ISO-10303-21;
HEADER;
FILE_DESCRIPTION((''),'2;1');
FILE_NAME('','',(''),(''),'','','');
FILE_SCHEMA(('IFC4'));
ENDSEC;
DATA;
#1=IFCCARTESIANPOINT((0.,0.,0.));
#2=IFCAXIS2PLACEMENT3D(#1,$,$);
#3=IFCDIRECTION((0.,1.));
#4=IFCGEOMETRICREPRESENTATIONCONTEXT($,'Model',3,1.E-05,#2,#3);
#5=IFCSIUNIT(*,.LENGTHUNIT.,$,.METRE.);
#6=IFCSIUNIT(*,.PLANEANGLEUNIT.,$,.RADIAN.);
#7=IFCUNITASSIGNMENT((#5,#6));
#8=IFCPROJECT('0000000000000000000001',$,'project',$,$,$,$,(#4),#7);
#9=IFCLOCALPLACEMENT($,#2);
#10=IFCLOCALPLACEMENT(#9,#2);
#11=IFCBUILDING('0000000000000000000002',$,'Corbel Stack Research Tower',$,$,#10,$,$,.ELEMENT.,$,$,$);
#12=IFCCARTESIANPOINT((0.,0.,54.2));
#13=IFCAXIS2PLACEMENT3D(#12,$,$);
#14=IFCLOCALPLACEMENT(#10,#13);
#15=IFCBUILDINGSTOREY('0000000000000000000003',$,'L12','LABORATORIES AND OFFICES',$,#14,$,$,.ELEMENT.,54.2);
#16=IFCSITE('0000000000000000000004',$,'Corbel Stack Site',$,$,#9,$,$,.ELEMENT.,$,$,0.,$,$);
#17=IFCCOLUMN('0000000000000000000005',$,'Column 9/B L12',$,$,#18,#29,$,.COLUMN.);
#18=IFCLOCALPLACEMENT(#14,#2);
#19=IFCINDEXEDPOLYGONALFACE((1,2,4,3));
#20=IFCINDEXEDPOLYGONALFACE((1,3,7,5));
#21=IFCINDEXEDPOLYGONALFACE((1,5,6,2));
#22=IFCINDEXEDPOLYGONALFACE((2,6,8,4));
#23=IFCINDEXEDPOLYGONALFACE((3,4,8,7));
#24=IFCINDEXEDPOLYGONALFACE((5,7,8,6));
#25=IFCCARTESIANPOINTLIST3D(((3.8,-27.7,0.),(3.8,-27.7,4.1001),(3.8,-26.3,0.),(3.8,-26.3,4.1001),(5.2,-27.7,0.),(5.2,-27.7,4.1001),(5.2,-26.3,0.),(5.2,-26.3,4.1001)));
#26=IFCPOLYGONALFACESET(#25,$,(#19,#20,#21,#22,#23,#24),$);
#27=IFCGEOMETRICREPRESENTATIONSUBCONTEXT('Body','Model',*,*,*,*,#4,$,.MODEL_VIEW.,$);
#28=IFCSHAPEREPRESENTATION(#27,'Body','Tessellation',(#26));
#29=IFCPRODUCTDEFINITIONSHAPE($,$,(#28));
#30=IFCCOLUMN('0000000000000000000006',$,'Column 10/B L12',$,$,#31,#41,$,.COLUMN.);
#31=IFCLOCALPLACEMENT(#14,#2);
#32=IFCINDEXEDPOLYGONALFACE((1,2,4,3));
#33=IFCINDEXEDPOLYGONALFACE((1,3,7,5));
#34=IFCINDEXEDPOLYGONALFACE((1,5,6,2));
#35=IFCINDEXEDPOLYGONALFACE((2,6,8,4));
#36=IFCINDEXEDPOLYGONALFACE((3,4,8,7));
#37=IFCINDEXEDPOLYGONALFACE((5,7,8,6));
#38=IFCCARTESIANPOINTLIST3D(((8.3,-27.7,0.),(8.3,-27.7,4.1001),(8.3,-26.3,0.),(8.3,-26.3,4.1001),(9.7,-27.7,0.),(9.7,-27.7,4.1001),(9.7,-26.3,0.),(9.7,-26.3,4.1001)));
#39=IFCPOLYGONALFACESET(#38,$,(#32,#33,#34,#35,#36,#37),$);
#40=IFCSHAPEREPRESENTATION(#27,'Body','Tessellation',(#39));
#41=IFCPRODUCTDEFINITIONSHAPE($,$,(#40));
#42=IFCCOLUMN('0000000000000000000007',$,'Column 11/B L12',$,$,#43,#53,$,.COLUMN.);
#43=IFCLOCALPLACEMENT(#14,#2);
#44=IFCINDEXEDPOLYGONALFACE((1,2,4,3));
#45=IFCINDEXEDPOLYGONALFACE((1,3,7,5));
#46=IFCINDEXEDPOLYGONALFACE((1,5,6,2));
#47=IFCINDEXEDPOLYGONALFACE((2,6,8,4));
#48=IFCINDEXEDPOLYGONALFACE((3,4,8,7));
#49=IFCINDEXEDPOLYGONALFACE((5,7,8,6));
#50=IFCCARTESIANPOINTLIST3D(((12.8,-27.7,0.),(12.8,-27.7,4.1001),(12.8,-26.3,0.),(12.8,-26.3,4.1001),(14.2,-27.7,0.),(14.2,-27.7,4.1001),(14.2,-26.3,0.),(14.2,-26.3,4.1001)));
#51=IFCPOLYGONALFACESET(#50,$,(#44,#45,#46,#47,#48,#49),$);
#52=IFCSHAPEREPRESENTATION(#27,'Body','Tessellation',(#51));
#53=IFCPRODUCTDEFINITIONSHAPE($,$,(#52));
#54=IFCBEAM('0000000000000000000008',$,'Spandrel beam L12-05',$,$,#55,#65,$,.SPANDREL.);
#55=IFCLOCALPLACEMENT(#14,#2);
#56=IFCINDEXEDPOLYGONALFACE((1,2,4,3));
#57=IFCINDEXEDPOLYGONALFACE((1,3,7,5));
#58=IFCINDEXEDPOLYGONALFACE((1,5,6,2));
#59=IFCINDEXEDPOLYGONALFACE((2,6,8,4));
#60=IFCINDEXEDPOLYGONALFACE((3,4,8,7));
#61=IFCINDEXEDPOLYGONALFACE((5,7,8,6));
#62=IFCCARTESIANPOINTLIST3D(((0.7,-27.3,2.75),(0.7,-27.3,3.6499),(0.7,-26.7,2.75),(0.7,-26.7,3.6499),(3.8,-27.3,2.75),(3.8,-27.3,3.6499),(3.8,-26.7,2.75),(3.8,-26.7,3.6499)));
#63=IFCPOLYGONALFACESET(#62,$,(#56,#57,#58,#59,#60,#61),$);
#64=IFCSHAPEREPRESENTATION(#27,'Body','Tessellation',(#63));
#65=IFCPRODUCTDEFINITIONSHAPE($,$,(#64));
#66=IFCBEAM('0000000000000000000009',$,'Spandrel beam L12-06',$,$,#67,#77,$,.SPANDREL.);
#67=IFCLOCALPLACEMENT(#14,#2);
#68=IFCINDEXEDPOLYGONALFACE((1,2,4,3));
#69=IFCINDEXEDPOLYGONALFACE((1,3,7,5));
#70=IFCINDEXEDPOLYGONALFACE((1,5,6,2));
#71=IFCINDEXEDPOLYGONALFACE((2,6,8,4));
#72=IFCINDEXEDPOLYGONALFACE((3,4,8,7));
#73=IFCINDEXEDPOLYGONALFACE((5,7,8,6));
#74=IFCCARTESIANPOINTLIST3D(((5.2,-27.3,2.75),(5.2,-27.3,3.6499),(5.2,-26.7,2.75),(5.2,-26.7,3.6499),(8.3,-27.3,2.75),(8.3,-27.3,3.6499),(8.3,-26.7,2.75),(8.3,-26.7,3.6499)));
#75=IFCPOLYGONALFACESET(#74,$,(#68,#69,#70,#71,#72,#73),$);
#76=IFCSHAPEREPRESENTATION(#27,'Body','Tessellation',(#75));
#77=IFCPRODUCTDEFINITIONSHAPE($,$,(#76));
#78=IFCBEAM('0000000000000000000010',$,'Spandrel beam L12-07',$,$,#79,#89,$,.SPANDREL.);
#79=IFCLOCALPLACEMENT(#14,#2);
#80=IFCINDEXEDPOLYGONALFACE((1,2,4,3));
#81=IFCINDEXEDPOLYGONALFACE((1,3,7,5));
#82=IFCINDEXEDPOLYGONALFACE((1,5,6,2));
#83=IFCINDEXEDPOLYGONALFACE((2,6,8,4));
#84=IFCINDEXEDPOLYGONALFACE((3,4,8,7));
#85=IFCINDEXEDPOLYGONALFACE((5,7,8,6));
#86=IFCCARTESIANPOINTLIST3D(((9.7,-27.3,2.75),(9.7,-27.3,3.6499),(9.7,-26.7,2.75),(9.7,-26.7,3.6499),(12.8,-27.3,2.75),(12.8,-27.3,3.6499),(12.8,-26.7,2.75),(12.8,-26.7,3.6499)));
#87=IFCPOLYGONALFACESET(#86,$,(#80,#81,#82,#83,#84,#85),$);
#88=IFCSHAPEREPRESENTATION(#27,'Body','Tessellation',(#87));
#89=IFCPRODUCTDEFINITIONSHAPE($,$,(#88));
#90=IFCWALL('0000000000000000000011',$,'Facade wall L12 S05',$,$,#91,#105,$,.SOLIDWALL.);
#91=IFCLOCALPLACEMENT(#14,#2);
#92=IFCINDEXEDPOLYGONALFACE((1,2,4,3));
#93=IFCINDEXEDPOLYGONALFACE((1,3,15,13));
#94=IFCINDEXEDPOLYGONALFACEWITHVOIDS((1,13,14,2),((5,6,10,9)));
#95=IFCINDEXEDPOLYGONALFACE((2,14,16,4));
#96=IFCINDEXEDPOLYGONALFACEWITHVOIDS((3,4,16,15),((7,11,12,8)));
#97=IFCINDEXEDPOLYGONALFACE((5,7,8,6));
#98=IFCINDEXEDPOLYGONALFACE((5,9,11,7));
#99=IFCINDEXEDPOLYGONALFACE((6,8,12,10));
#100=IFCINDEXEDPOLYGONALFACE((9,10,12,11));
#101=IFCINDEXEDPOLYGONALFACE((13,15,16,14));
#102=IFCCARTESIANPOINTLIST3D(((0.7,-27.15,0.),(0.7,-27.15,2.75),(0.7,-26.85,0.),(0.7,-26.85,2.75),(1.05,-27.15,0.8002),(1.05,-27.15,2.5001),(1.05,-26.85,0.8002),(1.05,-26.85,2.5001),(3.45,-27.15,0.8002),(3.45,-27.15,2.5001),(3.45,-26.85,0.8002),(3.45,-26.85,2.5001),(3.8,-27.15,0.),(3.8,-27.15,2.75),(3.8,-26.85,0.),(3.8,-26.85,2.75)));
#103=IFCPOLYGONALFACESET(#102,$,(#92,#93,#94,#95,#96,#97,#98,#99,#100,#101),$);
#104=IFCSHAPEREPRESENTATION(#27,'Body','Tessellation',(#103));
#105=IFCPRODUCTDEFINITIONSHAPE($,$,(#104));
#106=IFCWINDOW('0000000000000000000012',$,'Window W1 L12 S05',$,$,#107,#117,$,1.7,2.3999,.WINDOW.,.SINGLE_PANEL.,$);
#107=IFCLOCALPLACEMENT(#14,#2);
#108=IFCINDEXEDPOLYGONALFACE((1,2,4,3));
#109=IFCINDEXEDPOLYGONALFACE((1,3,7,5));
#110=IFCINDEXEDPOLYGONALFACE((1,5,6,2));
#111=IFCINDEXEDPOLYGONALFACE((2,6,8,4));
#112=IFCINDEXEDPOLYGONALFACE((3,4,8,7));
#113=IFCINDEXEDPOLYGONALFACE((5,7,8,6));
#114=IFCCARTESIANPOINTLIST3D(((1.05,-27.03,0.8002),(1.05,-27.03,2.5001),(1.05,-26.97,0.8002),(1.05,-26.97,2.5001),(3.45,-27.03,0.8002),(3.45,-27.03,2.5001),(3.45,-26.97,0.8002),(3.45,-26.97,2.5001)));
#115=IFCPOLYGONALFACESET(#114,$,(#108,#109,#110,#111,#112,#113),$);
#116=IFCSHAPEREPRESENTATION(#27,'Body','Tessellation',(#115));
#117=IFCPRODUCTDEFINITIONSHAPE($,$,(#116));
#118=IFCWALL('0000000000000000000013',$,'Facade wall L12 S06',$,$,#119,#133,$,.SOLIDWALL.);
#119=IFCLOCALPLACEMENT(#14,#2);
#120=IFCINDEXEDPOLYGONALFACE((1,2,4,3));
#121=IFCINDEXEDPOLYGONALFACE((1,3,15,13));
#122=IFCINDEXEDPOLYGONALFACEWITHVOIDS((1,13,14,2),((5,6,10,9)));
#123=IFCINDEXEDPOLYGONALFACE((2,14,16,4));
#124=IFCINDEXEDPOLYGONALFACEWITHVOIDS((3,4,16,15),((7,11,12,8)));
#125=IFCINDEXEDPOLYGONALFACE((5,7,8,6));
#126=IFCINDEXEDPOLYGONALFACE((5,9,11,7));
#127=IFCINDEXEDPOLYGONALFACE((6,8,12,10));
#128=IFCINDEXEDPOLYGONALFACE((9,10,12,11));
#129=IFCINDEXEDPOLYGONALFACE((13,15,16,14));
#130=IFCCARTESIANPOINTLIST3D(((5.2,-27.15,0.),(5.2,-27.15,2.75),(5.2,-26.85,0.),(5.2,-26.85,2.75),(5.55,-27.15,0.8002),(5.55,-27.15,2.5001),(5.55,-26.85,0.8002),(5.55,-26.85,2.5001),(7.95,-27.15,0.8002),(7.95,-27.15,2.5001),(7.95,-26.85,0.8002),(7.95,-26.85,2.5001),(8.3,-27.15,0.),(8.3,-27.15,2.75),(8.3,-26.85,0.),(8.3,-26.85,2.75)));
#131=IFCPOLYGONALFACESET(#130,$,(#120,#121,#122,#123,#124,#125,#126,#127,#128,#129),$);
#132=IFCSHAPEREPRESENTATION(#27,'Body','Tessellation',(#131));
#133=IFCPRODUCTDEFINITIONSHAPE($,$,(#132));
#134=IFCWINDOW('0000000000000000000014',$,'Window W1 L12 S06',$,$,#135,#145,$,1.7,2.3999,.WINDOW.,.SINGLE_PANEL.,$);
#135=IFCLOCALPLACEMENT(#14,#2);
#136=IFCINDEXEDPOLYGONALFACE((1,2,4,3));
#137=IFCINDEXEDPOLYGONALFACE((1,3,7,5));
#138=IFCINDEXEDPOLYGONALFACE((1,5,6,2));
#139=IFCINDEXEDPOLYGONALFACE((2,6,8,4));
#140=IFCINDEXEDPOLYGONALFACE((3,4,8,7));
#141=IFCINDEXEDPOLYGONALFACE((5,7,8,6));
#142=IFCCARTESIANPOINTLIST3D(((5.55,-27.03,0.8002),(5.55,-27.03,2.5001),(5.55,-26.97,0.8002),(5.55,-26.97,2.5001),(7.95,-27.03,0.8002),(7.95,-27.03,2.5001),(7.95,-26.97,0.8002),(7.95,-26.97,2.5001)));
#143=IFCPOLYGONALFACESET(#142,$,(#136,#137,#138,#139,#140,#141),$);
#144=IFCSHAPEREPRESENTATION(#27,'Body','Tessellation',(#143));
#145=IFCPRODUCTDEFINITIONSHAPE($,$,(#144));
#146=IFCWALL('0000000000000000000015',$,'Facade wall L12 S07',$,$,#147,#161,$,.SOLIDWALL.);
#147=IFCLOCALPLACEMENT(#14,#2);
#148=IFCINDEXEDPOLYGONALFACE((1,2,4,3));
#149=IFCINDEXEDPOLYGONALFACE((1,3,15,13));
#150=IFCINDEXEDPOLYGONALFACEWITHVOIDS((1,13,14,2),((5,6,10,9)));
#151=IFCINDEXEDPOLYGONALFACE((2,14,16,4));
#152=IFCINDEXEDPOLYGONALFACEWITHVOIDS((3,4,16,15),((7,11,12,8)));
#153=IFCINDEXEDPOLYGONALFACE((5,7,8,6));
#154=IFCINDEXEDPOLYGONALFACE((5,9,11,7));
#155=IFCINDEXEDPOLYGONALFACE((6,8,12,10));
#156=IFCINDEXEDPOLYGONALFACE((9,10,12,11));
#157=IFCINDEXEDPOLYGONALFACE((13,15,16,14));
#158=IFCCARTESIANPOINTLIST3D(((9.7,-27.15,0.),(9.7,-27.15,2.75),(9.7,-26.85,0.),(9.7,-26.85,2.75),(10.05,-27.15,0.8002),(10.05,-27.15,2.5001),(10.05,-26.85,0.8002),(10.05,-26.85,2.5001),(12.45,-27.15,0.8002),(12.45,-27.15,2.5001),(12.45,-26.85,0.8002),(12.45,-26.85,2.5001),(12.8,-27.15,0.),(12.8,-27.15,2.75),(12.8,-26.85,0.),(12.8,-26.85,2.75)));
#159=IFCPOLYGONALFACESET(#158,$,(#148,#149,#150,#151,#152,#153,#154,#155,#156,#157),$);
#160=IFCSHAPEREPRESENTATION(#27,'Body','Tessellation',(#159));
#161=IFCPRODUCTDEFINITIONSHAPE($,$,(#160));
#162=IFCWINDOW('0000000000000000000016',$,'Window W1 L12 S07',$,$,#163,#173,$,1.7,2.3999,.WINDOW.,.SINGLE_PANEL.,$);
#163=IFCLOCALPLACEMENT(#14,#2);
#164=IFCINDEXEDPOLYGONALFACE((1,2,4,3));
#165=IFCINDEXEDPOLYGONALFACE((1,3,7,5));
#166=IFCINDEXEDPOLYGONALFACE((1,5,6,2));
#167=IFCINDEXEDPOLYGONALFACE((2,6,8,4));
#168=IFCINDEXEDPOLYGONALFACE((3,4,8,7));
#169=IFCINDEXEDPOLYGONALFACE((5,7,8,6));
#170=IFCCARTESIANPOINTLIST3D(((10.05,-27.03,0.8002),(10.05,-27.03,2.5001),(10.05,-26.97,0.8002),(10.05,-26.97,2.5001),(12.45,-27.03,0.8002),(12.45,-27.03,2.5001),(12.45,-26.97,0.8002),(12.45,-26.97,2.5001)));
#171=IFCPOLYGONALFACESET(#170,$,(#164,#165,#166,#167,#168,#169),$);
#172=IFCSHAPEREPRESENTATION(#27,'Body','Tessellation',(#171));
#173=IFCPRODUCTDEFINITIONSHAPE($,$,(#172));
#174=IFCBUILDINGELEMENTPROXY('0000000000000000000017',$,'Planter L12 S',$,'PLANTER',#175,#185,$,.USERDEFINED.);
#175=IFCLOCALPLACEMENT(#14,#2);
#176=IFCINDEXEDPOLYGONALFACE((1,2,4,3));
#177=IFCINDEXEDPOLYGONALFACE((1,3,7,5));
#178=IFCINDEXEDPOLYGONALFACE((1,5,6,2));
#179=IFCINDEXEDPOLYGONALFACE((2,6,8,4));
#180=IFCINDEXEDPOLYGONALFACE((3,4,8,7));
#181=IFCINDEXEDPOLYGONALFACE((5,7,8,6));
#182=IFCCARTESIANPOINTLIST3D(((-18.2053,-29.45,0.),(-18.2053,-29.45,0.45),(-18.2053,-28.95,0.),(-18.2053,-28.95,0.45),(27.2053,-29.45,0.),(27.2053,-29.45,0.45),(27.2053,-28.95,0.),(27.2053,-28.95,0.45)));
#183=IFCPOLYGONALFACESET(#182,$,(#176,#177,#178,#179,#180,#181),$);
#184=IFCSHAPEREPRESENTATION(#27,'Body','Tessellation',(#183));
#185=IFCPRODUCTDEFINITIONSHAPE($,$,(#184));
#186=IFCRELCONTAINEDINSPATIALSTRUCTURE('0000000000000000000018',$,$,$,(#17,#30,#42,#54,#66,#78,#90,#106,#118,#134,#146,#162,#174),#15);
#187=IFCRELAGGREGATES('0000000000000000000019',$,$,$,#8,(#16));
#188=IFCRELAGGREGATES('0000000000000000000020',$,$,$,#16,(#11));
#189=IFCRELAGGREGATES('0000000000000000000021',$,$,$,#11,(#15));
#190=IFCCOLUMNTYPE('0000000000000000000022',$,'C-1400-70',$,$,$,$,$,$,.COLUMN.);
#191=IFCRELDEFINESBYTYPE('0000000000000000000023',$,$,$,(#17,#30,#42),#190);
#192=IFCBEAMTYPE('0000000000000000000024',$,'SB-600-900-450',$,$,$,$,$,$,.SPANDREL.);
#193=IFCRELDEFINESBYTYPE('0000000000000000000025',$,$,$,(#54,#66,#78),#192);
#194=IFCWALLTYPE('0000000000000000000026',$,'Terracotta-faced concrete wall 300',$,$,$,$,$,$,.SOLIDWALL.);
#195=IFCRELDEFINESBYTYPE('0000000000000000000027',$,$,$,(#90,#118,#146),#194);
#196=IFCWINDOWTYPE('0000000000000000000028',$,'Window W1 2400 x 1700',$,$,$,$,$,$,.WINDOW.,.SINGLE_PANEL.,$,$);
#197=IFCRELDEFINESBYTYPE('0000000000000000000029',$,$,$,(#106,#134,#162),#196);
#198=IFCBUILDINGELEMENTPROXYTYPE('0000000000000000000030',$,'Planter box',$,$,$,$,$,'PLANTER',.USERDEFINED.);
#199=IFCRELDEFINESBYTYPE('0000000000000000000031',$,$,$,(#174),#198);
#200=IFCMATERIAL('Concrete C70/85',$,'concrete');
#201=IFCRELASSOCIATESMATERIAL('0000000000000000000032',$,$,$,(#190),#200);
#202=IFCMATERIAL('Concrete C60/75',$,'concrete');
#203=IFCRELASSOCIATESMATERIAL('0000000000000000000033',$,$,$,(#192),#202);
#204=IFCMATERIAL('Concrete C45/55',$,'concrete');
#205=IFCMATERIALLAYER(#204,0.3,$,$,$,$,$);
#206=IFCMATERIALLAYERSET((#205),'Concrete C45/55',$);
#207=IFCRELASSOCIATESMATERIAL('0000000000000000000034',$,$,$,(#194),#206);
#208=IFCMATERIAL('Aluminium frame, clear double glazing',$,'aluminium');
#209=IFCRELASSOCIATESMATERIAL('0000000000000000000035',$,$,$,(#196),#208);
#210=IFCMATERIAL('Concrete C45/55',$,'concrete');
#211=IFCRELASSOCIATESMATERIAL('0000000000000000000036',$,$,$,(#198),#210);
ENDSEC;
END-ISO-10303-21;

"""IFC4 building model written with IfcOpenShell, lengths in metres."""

from ifc_helpers import new_model, si_unit, direction, frame, frame_2d, origin, origin_2d, place, context, subcontext, project, spatial, rectangle, extrude, material, layer, layer_set, material_profile, profile_set, type_object, element, fill, save


model = new_model("IFC4")

# Units and contexts
model_context = context("Model", 3, precision=1e-05, world=origin(), true_north=direction((0.0, 1.0)))
body_context = subcontext(model_context, "Body", "Model", "MODEL_VIEW")
ifc_project = project(units=[si_unit("LENGTHUNIT", "METRE"), si_unit("PLANEANGLEUNIT", "RADIAN")], contexts=[model_context])

# Site, building, storey
site_placement = place(None, origin())
site = spatial("IfcSite", under=ifc_project, at=site_placement, Name="Corbel Stack Site", CompositionType="ELEMENT", RefElevation=0.0)
building_placement = place(site_placement, origin())
building = spatial("IfcBuilding", under=site, at=building_placement, Name="Corbel Stack Research Tower", CompositionType="ELEMENT")
storey_placement = place(building_placement, frame((0.0, 0.0, 54.2)))
storey = spatial("IfcBuildingStorey", under=building, at=storey_placement, Name="L12", Description="LABORATORIES AND OFFICES", CompositionType="ELEMENT", Elevation=54.2)

# Columns
ifc_material_1 = material(Name="Concrete C70/85", Category="concrete")
ifc_material_profile_1 = material_profile(ifc_material_1, rectangle(XDim=1.3999, YDim=1.3999, at=origin_2d()), Name="RC 1400 x 1400")
ifc_profile_set_1 = profile_set([ifc_material_profile_1], Name="Concrete C70/85")
column_type = type_object("IfcColumnType", Name="C-1400-70", PredefinedType="COLUMN", material=ifc_profile_set_1)
for number, where, z_axis, x_axis, name in (
    (1, (4.5, -27.0, 0.0), (0.0, 0.0, 1.0), (1.0, 0.0, 0.0), "Column 9/B L12"),
    (2, (9.0, -27.0, 0.0), (0.0, 0.0, 1.0), (1.0, 0.0, 0.0), "Column 10/B L12"),
    (3, (13.5, -27.0, 0.0), (0.0, 0.0, 1.0), (1.0, 0.0, 0.0), "Column 11/B L12"),
):
    element("IfcColumn", number, at=place(storey_placement, frame(where, z_axis=z_axis, x_axis=x_axis)), inside=storey, type_object=column_type, Name=name, PredefinedType="COLUMN", context=body_context, shape_type="SweptSolid", body=[
        extrude(rectangle(XDim=1.3999, YDim=1.3999, at=origin_2d()), origin(), (0.0, 0.0, 1.0), 4.1001),
    ])

# Beams
ifc_material_2 = material(Name="Concrete C60/75", Category="concrete")
ifc_material_profile_2 = material_profile(ifc_material_2, rectangle(XDim=0.6001, YDim=0.8999, at=origin_2d()), Name="RC 600 x 900")
ifc_profile_set_2 = profile_set([ifc_material_profile_2], Name="Concrete C60/75")
beam_type = type_object("IfcBeamType", Name="SB-600-900-450", PredefinedType="SPANDREL", material=ifc_profile_set_2)
for number, where, z_axis, x_axis, name in (
    (4, (0.7, -27.0, 3.2), (1.0, 0.0, 0.0), (0.0, 1.0, 0.0), "Spandrel beam L12-05"),
    (5, (5.2, -27.0, 3.2), (1.0, 0.0, 0.0), (0.0, 1.0, 0.0), "Spandrel beam L12-06"),
    (6, (9.7, -27.0, 3.2), (1.0, 0.0, 0.0), (0.0, 1.0, 0.0), "Spandrel beam L12-07"),
):
    element("IfcBeam", number, at=place(storey_placement, frame(where, z_axis=z_axis, x_axis=x_axis)), inside=storey, type_object=beam_type, Name=name, PredefinedType="SPANDREL", context=body_context, shape_type="SweptSolid", body=[
        extrude(rectangle(XDim=0.6001, YDim=0.8999, at=origin_2d()), origin(), (0.0, 0.0, 1.0), 3.1001),
    ])

# Walls, openings, windows
ifc_material_3 = material(Name="Concrete C45/55", Category="concrete")
ifc_layer = layer(ifc_material_3, 0.3)
ifc_layer_set = layer_set([ifc_layer], Name="Concrete C45/55")
wall_type = type_object("IfcWallType", Name="Terracotta-faced concrete wall 300", PredefinedType="SOLIDWALL", material=ifc_layer_set)
wall_1_placement = place(storey_placement, frame((3.8, -27.0, 0.0), z_axis=(0.0, 0.0, 1.0), x_axis=(-1.0, 0.0, 0.0)))
wall_1 = element("IfcWall", 7, at=wall_1_placement, inside=storey, type_object=wall_type, Name="Facade wall L12 S05", PredefinedType="SOLIDWALL", context=body_context, shape_type="SweptSolid", body=[
    extrude(rectangle(XDim=3.1001, YDim=0.3, at=frame_2d((1.55, 0.0))), origin(), (0.0, 0.0, 1.0), 2.75),
])
opening_1_placement = place(wall_1_placement, frame((0.3501, 0.0, 0.8)))
opening_1 = element("IfcOpeningElement", 8, at=opening_1_placement, cuts=wall_1, PredefinedType="OPENING", context=body_context, shape_type="SweptSolid", body=[
    extrude(rectangle(XDim=2.3999, YDim=1.7, at=frame_2d((1.2, 0.8501))), frame((0.0, 0.1599, 0.0), z_axis=(0.0, -1.0, 0.0), x_axis=(1.0, 0.0, 0.0)), (0.0, 0.0, 1.0), 0.3201),
])
ifc_material_4 = material(Name="Aluminium frame, clear double glazing", Category="aluminium")
window_type = type_object("IfcWindowType", Name="Window W1 2400 x 1700", PartitioningType="SINGLE_PANEL", PredefinedType="WINDOW", material=ifc_material_4)
window_1_placement = place(opening_1_placement, origin())
window_1 = element("IfcWindow", 9, at=window_1_placement, inside=storey, type_object=window_type, Name="Window W1 L12 S05", OverallHeight=1.7, OverallWidth=2.3999, PartitioningType="SINGLE_PANEL", PredefinedType="WINDOW", context=body_context, shape_type="SweptSolid", body=[
    extrude(rectangle(XDim=2.3999, YDim=1.7, at=frame_2d((1.2, 0.8501))), frame((0.0, 0.03, 0.0), z_axis=(0.0, -1.0, 0.0), x_axis=(1.0, 0.0, 0.0)), (0.0, 0.0, 1.0), 0.0601),
])
fill(opening_1, window_1)
wall_2_placement = place(storey_placement, frame((8.3, -27.0, 0.0), z_axis=(0.0, 0.0, 1.0), x_axis=(-1.0, 0.0, 0.0)))
wall_2 = element("IfcWall", 10, at=wall_2_placement, inside=storey, type_object=wall_type, Name="Facade wall L12 S06", PredefinedType="SOLIDWALL", context=body_context, shape_type="SweptSolid", body=[
    extrude(rectangle(XDim=3.1001, YDim=0.3, at=frame_2d((1.55, 0.0))), origin(), (0.0, 0.0, 1.0), 2.75),
])
opening_2_placement = place(wall_2_placement, frame((0.3501, 0.0, 0.8)))
opening_2 = element("IfcOpeningElement", 11, at=opening_2_placement, cuts=wall_2, PredefinedType="OPENING", context=body_context, shape_type="SweptSolid", body=[
    extrude(rectangle(XDim=2.3999, YDim=1.7, at=frame_2d((1.2, 0.8501))), frame((0.0, 0.1599, 0.0), z_axis=(0.0, -1.0, 0.0), x_axis=(1.0, 0.0, 0.0)), (0.0, 0.0, 1.0), 0.3201),
])
window_2_placement = place(opening_2_placement, origin())
window_2 = element("IfcWindow", 12, at=window_2_placement, inside=storey, type_object=window_type, Name="Window W1 L12 S06", OverallHeight=1.7, OverallWidth=2.3999, PartitioningType="SINGLE_PANEL", PredefinedType="WINDOW", context=body_context, shape_type="SweptSolid", body=[
    extrude(rectangle(XDim=2.3999, YDim=1.7, at=frame_2d((1.2, 0.8501))), frame((0.0, 0.03, 0.0), z_axis=(0.0, -1.0, 0.0), x_axis=(1.0, 0.0, 0.0)), (0.0, 0.0, 1.0), 0.0601),
])
fill(opening_2, window_2)
wall_3_placement = place(storey_placement, frame((12.8, -27.0, 0.0), z_axis=(0.0, 0.0, 1.0), x_axis=(-1.0, 0.0, 0.0)))
wall_3 = element("IfcWall", 13, at=wall_3_placement, inside=storey, type_object=wall_type, Name="Facade wall L12 S07", PredefinedType="SOLIDWALL", context=body_context, shape_type="SweptSolid", body=[
    extrude(rectangle(XDim=3.1001, YDim=0.3, at=frame_2d((1.55, 0.0))), origin(), (0.0, 0.0, 1.0), 2.75),
])
opening_3_placement = place(wall_3_placement, frame((0.3501, 0.0, 0.8)))
opening_3 = element("IfcOpeningElement", 14, at=opening_3_placement, cuts=wall_3, PredefinedType="OPENING", context=body_context, shape_type="SweptSolid", body=[
    extrude(rectangle(XDim=2.3999, YDim=1.7, at=frame_2d((1.2, 0.8501))), frame((0.0, 0.1599, 0.0), z_axis=(0.0, -1.0, 0.0), x_axis=(1.0, 0.0, 0.0)), (0.0, 0.0, 1.0), 0.3201),
])
window_3_placement = place(opening_3_placement, origin())
window_3 = element("IfcWindow", 15, at=window_3_placement, inside=storey, type_object=window_type, Name="Window W1 L12 S07", OverallHeight=1.7, OverallWidth=2.3999, PartitioningType="SINGLE_PANEL", PredefinedType="WINDOW", context=body_context, shape_type="SweptSolid", body=[
    extrude(rectangle(XDim=2.3999, YDim=1.7, at=frame_2d((1.2, 0.8501))), frame((0.0, 0.03, 0.0), z_axis=(0.0, -1.0, 0.0), x_axis=(1.0, 0.0, 0.0)), (0.0, 0.0, 1.0), 0.0601),
])
fill(opening_3, window_3)

# Building element proxy
ifc_material_5 = material(Name="Concrete C45/55", Category="concrete")
building_element_proxy_type = type_object("IfcBuildingElementProxyType", Name="Planter box", ElementType="PLANTER", PredefinedType="USERDEFINED", material=ifc_material_5)
proxy_placement = place(storey_placement, frame((4.5, -29.2, 0.0), z_axis=(0.0, 0.0, 1.0), x_axis=(1.0, 0.0, 0.0)))
element("IfcBuildingElementProxy", 16, at=proxy_placement, inside=storey, type_object=building_element_proxy_type, Name="Planter L12 S", ObjectType="PLANTER", PredefinedType="USERDEFINED", context=body_context, shape_type="SweptSolid", body=[
    extrude(rectangle(XDim=45.4106, YDim=0.5, at=origin_2d()), origin(), (0.0, 0.0, 1.0), 0.45),
])

save(model, "model.ifc")
